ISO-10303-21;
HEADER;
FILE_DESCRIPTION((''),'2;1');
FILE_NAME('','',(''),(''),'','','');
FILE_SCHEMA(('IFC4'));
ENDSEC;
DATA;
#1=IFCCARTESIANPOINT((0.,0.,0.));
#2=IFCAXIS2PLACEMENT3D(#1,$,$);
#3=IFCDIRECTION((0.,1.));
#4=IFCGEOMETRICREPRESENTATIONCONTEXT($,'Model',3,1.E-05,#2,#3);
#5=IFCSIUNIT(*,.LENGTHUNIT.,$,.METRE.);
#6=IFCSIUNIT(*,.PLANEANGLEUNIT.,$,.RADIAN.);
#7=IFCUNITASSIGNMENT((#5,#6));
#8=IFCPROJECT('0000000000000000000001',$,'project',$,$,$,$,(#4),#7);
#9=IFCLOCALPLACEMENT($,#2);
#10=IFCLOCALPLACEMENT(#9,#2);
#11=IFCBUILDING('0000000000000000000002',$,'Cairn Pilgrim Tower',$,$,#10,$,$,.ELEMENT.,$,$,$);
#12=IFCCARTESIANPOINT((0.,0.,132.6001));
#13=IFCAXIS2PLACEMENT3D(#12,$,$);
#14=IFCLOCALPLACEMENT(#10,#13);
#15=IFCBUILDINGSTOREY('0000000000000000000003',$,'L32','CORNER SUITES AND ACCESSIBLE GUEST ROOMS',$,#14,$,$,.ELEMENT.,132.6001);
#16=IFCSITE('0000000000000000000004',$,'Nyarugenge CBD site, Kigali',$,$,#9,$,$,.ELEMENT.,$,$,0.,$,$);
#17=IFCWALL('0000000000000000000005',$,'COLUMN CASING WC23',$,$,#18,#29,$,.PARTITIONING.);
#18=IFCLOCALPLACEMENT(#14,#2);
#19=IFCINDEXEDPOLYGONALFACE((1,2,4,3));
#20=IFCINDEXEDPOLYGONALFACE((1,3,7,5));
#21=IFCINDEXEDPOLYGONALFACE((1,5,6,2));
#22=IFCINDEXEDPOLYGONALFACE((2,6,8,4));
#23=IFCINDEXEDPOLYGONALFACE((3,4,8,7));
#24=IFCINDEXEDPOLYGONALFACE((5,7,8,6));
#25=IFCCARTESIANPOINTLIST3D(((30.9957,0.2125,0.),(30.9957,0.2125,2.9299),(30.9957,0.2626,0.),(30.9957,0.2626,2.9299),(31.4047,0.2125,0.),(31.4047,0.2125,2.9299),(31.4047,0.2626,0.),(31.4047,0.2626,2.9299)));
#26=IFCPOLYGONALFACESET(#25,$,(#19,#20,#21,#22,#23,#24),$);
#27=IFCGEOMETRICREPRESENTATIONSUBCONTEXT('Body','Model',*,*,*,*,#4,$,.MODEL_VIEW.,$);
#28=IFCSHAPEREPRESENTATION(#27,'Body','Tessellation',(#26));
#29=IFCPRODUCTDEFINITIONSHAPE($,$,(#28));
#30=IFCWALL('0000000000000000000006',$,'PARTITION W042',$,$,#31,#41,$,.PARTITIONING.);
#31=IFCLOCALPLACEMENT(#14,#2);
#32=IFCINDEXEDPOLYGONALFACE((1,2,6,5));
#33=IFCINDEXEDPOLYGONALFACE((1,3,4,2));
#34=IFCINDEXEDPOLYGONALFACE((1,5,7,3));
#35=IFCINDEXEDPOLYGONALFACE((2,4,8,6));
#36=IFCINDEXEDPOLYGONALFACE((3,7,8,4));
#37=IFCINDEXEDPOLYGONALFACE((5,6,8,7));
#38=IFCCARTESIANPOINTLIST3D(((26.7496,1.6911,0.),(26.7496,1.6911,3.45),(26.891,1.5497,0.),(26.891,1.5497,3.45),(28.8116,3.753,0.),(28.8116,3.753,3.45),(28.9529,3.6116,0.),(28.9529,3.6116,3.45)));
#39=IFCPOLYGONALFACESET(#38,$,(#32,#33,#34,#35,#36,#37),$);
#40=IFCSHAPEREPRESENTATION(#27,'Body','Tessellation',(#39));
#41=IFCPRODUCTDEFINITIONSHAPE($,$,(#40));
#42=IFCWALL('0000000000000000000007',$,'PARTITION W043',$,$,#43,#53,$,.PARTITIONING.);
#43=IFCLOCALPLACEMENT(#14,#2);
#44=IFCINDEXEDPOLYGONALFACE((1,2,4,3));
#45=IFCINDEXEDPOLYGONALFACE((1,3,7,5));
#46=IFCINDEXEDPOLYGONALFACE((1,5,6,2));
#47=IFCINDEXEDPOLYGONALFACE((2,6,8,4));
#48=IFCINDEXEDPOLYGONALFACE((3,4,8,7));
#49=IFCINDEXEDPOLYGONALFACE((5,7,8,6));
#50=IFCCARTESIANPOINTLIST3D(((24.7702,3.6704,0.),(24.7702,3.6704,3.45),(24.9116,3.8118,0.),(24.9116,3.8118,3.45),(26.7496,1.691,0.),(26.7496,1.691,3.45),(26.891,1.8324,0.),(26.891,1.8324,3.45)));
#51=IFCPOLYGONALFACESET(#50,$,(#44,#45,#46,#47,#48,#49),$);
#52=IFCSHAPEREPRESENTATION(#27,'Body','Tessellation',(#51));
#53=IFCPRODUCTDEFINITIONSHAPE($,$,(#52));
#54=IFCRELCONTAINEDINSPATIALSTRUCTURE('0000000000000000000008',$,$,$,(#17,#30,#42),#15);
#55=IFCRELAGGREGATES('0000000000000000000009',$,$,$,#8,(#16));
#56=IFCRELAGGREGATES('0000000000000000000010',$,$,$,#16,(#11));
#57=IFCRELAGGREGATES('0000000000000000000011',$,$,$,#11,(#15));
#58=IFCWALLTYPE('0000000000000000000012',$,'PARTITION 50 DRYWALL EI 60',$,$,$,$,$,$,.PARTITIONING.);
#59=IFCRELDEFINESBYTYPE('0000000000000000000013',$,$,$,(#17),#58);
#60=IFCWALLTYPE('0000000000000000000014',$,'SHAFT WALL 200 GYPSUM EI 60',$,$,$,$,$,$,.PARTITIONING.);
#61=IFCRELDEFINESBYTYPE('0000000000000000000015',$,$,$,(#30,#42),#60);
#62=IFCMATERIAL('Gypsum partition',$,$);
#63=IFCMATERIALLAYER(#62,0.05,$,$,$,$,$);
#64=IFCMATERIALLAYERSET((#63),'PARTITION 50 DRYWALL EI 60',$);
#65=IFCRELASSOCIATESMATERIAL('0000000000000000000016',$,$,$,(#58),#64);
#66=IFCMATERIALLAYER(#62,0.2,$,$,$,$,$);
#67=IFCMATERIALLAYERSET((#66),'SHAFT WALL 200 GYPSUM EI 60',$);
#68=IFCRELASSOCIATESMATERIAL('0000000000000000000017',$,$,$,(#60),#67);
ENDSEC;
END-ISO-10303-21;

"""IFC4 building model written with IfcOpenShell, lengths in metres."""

from ifc_helpers import new_model, si_unit, direction, frame, frame_2d, origin, place, context, subcontext, project, spatial, rectangle, extrude, material, layer, layer_set, type_object, element, save


model = new_model("IFC4")

# Units and contexts
model_context = context("Model", 3, precision=1e-05, world=origin(), true_north=direction((0.0, 1.0)))
body_context = subcontext(model_context, "Body", "Model", "MODEL_VIEW")
ifc_project = project(units=[si_unit("LENGTHUNIT", "METRE"), si_unit("PLANEANGLEUNIT", "RADIAN")], contexts=[model_context])

# Site, building, storey
site_placement = place(None, origin())
site = spatial("IfcSite", under=ifc_project, at=site_placement, Name="Nyarugenge CBD site, Kigali", CompositionType="ELEMENT", RefElevation=0.0)
building_placement = place(site_placement, origin())
building = spatial("IfcBuilding", under=site, at=building_placement, Name="Cairn Pilgrim Tower", CompositionType="ELEMENT")
storey_placement = place(building_placement, frame((0.0, 0.0, 132.6001)))
storey = spatial("IfcBuildingStorey", under=building, at=storey_placement, Name="L32", Description="CORNER SUITES AND ACCESSIBLE GUEST ROOMS", CompositionType="ELEMENT", Elevation=132.6001)

# Shared definitions
ifc_material_1 = material(Name="Gypsum partition")

# Walls
ifc_layer_1 = layer(ifc_material_1, 0.05)
ifc_layer_set_1 = layer_set([ifc_layer_1], Name="PARTITION 50 DRYWALL EI 60")
wall_type_1 = type_object("IfcWallType", Name="PARTITION 50 DRYWALL EI 60", PredefinedType="PARTITIONING", material=ifc_layer_set_1)
wall_1_placement = place(storey_placement, frame((30.9956, 0.2375, 0.0), z_axis=(0.0, 0.0, 1.0), x_axis=(1.0, 0.0, 0.0)))
element("IfcWall", 1, at=wall_1_placement, inside=storey, type_object=wall_type_1, Name="COLUMN CASING WC23", PredefinedType="PARTITIONING", context=body_context, shape_type="SweptSolid", body=[
    extrude(rectangle(XDim=0.4089, YDim=0.05, at=frame_2d((0.2046, 0.0))), origin(), (0.0, 0.0, 1.0), 2.9299),
])
ifc_layer_2 = layer(ifc_material_1, 0.2)
ifc_layer_set_2 = layer_set([ifc_layer_2], Name="SHAFT WALL 200 GYPSUM EI 60")
wall_type_2 = type_object("IfcWallType", Name="SHAFT WALL 200 GYPSUM EI 60", PredefinedType="PARTITIONING", material=ifc_layer_set_2)
wall_2_placement = place(storey_placement, frame((26.8203, 1.6204, 0.0), z_axis=(0.0, 0.0, 1.0), x_axis=(0.707107, 0.707107, 0.0)))
element("IfcWall", 2, at=wall_2_placement, inside=storey, type_object=wall_type_2, Name="PARTITION W042", PredefinedType="PARTITIONING", context=body_context, shape_type="SweptSolid", body=[
    extrude(rectangle(XDim=2.916, YDim=0.2, at=frame_2d((1.458, 0.0))), origin(), (0.0, 0.0, 1.0), 3.45),
])
wall_3_placement = place(storey_placement, frame((26.8203, 1.7617, 0.0), z_axis=(0.0, 0.0, 1.0), x_axis=(-0.707107, 0.707107, 0.0)))
element("IfcWall", 3, at=wall_3_placement, inside=storey, type_object=wall_type_2, Name="PARTITION W043", PredefinedType="PARTITIONING", context=body_context, shape_type="SweptSolid", body=[
    extrude(rectangle(XDim=2.7993, YDim=0.2, at=frame_2d((1.3997, 0.0))), origin(), (0.0, 0.0, 1.0), 3.45),
])

save(model, "model.ifc")
